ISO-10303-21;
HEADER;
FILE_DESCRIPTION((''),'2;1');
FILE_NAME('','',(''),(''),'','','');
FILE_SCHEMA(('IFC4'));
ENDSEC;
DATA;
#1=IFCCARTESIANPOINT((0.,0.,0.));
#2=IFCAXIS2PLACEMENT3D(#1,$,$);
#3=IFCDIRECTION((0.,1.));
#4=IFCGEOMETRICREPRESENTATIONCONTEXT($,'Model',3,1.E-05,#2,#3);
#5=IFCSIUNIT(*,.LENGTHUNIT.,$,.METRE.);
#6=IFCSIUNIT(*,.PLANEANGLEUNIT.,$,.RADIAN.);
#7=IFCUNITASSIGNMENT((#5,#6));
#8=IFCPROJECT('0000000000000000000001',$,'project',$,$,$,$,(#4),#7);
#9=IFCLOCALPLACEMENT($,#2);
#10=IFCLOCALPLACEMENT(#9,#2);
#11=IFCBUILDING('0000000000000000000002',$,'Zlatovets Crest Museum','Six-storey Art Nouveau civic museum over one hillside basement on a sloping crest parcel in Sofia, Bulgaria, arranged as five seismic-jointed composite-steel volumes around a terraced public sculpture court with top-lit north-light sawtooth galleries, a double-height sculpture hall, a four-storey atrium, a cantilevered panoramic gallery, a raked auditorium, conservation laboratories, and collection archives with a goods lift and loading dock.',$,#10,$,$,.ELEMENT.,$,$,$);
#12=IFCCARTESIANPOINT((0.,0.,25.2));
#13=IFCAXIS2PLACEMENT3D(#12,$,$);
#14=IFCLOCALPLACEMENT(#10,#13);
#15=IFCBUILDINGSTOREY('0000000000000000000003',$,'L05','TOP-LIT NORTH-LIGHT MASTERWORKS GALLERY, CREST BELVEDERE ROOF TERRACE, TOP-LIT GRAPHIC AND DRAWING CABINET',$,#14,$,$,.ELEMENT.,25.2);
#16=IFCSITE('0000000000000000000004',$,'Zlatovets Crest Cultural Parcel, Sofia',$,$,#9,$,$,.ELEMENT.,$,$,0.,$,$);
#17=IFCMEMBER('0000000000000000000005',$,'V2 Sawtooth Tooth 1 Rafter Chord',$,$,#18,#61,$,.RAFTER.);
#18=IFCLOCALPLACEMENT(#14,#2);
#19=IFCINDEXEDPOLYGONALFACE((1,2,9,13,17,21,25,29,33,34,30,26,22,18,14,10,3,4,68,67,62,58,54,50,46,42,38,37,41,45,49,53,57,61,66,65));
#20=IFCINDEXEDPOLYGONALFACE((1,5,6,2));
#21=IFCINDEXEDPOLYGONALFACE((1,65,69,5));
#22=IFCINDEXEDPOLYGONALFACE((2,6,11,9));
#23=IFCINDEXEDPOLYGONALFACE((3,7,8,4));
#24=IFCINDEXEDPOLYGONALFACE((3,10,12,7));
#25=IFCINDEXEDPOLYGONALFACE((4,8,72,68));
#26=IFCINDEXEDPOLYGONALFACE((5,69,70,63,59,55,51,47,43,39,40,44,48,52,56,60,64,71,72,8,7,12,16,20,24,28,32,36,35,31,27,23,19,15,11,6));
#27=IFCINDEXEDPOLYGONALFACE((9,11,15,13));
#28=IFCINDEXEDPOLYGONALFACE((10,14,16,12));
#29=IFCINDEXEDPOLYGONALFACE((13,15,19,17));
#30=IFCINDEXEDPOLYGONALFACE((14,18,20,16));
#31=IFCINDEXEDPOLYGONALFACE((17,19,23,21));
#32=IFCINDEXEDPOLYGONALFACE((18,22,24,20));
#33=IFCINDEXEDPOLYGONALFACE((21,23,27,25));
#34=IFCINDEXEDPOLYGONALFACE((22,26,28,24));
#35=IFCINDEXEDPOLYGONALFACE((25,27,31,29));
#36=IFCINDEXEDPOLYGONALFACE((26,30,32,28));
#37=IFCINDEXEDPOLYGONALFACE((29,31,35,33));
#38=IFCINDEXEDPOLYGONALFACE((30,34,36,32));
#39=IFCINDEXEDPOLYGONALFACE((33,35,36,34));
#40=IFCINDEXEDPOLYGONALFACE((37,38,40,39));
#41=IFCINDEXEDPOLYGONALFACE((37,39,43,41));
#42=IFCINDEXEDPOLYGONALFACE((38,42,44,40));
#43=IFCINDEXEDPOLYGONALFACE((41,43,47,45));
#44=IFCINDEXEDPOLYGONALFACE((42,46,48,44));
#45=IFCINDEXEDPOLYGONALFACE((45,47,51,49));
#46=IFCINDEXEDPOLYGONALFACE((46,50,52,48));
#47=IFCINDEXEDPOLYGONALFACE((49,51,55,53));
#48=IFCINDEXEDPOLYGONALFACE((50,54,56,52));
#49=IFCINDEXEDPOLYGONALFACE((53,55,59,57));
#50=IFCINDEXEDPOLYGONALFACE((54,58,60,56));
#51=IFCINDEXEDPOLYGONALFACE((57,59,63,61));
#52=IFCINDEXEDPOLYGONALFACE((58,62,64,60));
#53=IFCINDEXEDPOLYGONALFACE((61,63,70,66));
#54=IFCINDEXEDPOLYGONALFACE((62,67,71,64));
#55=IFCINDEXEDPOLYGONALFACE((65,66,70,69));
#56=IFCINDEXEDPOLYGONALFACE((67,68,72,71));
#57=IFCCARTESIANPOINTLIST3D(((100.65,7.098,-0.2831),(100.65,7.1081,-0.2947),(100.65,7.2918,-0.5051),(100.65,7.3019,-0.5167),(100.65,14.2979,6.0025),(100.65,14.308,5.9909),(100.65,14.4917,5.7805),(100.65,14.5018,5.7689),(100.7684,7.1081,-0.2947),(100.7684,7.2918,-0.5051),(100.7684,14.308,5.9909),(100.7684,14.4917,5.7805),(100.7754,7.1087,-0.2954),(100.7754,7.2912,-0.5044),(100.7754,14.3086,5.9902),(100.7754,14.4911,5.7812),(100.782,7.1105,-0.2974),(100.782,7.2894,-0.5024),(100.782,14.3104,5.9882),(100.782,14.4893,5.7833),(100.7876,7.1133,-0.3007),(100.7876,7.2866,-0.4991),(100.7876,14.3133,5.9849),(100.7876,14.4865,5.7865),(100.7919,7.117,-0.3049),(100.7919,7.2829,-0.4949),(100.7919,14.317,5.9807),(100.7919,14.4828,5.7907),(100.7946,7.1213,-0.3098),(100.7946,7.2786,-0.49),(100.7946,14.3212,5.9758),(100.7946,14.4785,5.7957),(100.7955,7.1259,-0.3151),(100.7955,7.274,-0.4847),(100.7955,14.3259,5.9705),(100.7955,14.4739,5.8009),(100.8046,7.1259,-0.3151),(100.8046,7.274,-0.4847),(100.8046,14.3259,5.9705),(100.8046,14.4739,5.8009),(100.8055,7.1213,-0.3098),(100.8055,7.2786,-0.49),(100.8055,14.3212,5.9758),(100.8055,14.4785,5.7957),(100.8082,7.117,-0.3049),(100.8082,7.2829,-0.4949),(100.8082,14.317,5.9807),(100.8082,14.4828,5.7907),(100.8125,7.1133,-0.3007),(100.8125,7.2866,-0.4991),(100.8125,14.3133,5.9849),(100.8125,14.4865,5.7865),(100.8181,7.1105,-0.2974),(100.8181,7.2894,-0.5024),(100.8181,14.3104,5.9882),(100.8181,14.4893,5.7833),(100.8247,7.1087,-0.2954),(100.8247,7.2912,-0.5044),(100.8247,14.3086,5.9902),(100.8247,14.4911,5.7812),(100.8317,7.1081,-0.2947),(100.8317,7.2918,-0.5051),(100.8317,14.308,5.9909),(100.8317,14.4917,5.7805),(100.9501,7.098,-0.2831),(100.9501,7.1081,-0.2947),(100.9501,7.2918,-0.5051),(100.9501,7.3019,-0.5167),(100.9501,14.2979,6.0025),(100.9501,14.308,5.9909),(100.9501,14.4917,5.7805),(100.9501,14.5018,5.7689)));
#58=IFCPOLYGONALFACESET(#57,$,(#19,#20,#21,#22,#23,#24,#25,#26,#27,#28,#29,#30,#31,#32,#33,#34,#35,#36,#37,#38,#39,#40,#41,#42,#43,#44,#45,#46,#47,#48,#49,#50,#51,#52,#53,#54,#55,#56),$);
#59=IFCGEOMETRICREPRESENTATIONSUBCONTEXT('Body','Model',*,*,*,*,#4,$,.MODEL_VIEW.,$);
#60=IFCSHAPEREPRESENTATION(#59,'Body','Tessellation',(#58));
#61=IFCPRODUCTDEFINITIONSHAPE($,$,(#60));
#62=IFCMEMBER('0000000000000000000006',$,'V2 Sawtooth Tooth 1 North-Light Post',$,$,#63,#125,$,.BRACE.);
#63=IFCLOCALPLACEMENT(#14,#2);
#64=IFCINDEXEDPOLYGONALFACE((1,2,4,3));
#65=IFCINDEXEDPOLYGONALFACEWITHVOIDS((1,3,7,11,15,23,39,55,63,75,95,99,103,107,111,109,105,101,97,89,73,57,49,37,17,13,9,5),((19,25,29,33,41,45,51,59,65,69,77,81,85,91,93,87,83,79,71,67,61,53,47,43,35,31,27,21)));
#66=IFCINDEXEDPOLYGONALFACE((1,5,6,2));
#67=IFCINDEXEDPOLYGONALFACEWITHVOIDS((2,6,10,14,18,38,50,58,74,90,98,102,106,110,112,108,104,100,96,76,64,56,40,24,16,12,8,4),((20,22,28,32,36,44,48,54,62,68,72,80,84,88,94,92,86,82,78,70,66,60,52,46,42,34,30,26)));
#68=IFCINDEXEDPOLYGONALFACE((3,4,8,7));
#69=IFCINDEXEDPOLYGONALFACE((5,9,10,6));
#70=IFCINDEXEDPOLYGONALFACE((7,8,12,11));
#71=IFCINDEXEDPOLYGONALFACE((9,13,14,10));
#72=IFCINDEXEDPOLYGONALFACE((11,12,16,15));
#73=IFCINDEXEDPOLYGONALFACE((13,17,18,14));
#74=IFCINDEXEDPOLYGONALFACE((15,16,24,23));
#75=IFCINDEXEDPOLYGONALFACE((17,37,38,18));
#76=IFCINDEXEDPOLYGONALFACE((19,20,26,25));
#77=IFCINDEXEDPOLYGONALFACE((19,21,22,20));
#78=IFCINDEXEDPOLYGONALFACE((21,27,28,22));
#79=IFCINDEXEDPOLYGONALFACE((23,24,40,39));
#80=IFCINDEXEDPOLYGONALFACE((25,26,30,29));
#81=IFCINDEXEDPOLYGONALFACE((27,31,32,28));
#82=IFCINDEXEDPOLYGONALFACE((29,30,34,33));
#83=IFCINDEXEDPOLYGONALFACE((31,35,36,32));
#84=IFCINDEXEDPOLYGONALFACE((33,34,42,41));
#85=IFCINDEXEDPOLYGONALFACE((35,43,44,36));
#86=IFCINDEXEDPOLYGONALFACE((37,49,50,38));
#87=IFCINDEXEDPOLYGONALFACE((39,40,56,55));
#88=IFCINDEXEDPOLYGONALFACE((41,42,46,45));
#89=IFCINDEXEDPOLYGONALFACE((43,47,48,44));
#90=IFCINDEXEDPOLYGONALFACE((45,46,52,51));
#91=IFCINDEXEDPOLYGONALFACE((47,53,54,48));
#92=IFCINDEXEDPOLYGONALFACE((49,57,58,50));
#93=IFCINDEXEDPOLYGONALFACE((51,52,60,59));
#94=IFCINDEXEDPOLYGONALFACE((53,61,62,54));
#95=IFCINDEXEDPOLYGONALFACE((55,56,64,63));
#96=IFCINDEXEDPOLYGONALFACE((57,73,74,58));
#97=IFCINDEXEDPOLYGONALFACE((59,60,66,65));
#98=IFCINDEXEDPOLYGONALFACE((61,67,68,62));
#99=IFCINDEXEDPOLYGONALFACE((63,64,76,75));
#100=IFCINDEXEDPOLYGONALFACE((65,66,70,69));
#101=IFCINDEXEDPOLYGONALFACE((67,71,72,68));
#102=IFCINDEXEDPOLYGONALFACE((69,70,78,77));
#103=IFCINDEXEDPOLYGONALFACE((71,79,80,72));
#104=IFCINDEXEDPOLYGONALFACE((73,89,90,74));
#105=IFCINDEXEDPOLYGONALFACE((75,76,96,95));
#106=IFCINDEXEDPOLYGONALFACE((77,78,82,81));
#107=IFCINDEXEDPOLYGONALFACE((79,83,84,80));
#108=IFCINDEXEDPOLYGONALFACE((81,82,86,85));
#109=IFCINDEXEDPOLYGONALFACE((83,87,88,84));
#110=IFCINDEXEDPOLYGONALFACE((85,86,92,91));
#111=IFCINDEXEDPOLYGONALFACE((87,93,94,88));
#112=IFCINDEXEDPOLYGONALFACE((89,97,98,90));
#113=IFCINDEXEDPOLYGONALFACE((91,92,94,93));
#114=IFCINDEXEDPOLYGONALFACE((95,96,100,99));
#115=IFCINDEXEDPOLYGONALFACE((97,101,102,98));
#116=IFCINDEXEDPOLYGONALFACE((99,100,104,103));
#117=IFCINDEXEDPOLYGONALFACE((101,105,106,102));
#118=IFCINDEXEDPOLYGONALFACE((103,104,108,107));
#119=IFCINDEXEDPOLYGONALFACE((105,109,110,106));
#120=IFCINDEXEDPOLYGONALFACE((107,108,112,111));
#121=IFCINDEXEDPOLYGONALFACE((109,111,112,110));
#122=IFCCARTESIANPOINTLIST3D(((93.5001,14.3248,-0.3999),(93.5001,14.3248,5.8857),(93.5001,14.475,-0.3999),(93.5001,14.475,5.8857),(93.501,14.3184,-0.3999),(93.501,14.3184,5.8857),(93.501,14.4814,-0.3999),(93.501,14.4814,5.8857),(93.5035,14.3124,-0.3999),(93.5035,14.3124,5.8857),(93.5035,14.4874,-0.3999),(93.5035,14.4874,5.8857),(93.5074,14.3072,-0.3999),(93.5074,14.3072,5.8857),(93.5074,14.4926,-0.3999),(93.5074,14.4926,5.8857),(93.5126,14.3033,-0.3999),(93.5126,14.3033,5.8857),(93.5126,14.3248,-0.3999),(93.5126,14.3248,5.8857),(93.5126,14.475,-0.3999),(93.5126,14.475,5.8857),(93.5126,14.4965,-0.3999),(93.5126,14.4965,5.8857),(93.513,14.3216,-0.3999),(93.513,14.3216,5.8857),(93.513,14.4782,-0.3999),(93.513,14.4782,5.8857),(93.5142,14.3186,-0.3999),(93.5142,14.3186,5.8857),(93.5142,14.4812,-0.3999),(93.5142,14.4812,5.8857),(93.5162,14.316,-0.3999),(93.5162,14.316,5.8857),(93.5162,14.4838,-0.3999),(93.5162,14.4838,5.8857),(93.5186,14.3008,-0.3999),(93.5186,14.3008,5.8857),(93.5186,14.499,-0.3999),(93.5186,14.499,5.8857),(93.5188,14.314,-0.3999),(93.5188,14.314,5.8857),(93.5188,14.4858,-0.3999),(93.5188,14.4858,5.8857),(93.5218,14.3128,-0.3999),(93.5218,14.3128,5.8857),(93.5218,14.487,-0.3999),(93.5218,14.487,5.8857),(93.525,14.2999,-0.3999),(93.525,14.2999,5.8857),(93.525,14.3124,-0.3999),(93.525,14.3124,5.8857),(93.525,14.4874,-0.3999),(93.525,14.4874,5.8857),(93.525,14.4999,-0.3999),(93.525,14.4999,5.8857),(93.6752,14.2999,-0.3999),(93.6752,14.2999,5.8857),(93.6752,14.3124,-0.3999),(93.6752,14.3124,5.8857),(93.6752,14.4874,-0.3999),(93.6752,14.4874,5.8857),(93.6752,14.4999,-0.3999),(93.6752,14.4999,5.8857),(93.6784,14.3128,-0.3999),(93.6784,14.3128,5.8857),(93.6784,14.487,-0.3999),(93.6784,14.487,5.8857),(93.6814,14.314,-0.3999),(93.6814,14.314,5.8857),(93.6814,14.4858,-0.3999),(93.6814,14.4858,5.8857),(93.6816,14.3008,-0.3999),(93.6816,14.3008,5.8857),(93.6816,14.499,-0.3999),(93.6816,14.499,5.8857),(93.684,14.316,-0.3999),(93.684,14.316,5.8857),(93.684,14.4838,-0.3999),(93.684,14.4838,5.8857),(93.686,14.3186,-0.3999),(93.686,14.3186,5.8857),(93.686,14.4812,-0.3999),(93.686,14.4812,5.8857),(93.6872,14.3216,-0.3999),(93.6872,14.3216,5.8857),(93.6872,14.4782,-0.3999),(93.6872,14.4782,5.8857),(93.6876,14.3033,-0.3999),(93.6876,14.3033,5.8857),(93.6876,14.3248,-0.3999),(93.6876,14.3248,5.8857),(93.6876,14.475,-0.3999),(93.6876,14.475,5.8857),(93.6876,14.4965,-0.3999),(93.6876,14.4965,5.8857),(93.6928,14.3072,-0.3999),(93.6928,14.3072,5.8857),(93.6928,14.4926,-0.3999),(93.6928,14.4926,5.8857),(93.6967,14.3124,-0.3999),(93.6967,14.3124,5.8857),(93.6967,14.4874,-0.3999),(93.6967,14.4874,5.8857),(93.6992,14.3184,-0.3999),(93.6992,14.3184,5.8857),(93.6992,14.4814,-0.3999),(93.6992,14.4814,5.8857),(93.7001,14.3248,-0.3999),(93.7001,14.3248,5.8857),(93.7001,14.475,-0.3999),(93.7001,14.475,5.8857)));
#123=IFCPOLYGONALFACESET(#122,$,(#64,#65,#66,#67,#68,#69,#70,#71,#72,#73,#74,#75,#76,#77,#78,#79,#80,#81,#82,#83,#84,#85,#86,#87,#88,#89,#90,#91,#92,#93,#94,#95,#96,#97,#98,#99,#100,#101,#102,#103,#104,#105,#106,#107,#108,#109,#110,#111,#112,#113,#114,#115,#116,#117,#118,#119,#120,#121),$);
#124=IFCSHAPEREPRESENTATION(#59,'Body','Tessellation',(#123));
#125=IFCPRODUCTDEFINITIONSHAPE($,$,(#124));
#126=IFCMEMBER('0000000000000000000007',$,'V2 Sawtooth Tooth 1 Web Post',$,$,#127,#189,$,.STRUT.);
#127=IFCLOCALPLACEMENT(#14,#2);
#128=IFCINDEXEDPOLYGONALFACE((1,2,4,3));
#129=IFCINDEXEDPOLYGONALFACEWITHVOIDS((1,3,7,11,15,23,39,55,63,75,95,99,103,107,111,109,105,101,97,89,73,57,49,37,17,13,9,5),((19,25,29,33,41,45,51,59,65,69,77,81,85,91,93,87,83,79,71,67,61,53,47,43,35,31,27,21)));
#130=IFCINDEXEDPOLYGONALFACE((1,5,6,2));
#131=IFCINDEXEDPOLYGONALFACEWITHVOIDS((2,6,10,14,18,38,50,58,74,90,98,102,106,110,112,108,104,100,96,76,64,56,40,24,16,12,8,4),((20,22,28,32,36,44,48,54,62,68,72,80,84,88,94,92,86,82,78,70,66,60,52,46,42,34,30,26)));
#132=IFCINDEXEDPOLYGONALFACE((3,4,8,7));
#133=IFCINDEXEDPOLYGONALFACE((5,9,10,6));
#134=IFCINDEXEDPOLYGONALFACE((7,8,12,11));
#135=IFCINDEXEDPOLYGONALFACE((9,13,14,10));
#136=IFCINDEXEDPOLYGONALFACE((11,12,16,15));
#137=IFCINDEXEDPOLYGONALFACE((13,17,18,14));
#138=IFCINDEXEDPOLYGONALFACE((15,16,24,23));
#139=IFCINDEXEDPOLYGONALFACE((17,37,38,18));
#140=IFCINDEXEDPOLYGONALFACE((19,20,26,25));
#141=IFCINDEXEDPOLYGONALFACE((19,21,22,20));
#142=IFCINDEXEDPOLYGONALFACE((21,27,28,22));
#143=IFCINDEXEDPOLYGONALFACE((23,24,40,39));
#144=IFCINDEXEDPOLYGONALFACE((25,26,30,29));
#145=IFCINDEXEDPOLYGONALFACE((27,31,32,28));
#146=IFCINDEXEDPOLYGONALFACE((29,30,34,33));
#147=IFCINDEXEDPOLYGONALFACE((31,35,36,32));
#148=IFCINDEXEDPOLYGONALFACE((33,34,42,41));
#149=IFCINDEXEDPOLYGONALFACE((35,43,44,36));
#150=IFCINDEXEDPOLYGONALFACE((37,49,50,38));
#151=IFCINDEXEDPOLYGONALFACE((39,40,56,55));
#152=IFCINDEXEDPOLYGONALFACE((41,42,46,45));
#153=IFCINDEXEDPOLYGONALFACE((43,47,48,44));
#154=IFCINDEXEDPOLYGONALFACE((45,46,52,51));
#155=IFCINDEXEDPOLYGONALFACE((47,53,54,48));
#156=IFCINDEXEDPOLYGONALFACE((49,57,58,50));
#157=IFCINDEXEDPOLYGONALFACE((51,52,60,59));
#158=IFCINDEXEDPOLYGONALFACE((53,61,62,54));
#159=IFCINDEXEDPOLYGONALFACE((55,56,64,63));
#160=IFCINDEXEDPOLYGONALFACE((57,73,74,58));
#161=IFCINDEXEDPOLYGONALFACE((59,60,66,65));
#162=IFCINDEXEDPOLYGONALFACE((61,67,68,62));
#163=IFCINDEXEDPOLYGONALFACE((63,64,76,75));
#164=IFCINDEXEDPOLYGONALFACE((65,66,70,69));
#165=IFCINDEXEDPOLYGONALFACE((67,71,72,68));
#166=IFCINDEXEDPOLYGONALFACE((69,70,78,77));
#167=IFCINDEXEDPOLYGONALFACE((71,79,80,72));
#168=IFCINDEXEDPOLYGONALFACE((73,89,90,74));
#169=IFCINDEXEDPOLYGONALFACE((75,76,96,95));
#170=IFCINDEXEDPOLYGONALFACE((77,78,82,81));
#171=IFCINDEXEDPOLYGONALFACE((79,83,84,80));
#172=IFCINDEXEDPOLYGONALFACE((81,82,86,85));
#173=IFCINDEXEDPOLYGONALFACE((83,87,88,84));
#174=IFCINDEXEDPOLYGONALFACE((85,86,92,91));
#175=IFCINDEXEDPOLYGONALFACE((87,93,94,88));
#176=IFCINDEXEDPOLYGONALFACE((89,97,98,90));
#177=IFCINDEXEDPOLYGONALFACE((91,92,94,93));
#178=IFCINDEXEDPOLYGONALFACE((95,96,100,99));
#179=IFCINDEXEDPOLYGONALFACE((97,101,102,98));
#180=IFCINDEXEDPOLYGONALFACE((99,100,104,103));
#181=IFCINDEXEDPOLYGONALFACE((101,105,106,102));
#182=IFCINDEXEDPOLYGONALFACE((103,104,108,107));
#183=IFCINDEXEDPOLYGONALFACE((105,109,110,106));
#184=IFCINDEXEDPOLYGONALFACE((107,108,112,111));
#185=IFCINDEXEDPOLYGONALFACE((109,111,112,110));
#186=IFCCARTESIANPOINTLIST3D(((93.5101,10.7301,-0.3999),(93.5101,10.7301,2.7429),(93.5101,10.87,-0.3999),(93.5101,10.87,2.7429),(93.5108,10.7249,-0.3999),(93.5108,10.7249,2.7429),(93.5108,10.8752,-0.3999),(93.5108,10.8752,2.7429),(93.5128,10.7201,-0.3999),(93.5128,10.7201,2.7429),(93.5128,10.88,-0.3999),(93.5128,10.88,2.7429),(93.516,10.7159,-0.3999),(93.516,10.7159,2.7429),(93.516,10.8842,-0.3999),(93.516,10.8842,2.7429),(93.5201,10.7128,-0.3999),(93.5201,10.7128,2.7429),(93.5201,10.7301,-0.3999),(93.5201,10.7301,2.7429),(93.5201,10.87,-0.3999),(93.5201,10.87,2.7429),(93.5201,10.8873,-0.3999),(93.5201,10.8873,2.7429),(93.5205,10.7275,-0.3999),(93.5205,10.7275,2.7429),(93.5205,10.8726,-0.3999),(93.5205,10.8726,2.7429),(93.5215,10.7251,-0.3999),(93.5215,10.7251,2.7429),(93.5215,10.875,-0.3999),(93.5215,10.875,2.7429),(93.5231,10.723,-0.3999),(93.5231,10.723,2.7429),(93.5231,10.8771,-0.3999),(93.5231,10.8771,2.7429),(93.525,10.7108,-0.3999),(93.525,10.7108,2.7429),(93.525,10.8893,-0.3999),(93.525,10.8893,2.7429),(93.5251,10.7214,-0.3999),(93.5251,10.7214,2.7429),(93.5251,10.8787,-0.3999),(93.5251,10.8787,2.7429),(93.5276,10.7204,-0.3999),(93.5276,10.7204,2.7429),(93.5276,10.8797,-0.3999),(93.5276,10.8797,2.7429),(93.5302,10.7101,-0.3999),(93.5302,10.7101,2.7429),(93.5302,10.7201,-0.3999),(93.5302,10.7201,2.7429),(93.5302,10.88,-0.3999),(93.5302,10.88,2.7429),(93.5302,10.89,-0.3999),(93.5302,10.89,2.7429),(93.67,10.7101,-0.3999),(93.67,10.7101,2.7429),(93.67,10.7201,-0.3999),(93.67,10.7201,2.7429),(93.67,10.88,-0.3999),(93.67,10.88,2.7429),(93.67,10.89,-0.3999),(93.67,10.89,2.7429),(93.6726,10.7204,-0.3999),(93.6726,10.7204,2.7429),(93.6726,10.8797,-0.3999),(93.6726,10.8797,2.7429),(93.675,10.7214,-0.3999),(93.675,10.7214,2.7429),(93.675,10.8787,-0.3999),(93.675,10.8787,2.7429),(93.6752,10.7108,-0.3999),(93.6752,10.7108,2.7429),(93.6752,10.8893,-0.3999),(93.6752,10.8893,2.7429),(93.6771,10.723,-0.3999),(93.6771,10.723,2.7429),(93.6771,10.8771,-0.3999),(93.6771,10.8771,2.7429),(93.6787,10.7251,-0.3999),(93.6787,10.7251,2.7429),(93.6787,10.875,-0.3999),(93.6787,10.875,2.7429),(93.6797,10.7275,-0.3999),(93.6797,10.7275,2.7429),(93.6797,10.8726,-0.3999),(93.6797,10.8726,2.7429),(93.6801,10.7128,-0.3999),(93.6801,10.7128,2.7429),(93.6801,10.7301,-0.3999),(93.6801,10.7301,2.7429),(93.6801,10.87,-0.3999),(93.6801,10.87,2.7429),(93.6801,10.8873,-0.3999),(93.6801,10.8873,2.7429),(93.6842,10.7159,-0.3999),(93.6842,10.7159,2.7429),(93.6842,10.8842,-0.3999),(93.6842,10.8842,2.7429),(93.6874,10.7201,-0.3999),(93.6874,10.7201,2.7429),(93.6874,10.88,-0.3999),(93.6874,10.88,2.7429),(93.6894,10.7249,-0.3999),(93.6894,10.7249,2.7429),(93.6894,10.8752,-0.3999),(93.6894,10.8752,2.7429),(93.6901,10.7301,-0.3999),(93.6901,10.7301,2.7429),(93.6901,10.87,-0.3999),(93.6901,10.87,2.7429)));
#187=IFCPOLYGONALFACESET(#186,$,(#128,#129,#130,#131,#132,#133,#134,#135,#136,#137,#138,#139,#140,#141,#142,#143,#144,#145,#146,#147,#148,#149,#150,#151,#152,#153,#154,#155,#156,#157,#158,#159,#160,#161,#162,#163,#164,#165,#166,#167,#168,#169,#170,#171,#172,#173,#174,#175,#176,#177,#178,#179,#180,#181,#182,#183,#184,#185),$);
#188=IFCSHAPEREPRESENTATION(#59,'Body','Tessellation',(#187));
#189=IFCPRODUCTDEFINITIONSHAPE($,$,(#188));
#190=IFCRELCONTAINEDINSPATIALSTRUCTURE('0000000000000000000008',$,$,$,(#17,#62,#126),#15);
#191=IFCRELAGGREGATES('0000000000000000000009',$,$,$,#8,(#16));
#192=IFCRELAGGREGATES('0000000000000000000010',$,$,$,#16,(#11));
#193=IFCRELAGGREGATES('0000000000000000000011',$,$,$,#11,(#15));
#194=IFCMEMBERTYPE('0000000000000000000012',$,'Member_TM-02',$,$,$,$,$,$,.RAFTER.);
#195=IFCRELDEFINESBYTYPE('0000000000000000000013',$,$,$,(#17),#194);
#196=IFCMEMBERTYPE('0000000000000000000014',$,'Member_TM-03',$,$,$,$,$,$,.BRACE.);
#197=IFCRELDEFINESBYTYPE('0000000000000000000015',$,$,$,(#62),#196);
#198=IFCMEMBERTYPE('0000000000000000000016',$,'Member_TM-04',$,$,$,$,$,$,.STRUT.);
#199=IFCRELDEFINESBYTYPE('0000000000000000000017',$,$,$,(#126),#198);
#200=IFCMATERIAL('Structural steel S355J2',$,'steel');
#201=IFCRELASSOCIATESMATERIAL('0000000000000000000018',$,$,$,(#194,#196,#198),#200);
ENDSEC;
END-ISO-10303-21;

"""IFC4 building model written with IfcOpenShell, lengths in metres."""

from ifc_helpers import new_model, si_unit, direction, frame, origin, origin_2d, place, context, subcontext, project, spatial, hollow_rectangle, i_section, extrude, material, material_profile, profile_set, type_object, element, save


model = new_model("IFC4")

# Units and contexts
model_context = context("Model", 3, precision=1e-05, world=origin(), true_north=direction((0.0, 1.0)))
body_context = subcontext(model_context, "Body", "Model", "MODEL_VIEW")
ifc_project = project(units=[si_unit("LENGTHUNIT", "METRE"), si_unit("PLANEANGLEUNIT", "RADIAN")], contexts=[model_context])

# Site, building, storey
site_placement = place(None, origin())
site = spatial("IfcSite", under=ifc_project, at=site_placement, Name="Zlatovets Crest Cultural Parcel, Sofia", CompositionType="ELEMENT", RefElevation=0.0)
building_placement = place(site_placement, origin())
building = spatial("IfcBuilding", under=site, at=building_placement, Name="Zlatovets Crest Museum", Description="Six-storey Art Nouveau civic museum over one hillside basement on a sloping crest parcel in Sofia, Bulgaria, arranged as five seismic-jointed composite-steel volumes around a terraced public sculpture court with top-lit north-light sawtooth galleries, a double-height sculpture hall, a four-storey atrium, a cantilevered panoramic gallery, a raked auditorium, conservation laboratories, and collection archives with a goods lift and loading dock.", CompositionType="ELEMENT")
storey_placement = place(building_placement, frame((0.0, 0.0, 25.2)))
storey = spatial("IfcBuildingStorey", under=building, at=storey_placement, Name="L05", Description="TOP-LIT NORTH-LIGHT MASTERWORKS GALLERY, CREST BELVEDERE ROOF TERRACE, TOP-LIT GRAPHIC AND DRAWING CABINET", CompositionType="ELEMENT", Elevation=25.2)

# Shared definitions
ifc_material_1 = material(Name="Structural steel S355J2", Category="steel")

# Members
ifc_material_profile_1 = material_profile(ifc_material_1, i_section(OverallWidth=0.3, OverallDepth=0.3101, WebThickness=0.009, FlangeThickness=0.0154, FilletRadius=0.0271, at=origin_2d()), Name="HEA 320")
ifc_profile_set_1 = profile_set([ifc_material_profile_1], Name="Structural steel S355J2")
member_type_1 = type_object("IfcMemberType", Name="Member_TM-02", PredefinedType="RAFTER", material=ifc_profile_set_1)
member_1_placement = place(storey_placement, frame((100.8, 7.2, -0.3999), z_axis=(0.0, 0.753318, 0.657656), x_axis=(-1.0, 0.0, 0.0)))
element("IfcMember", 1, at=member_1_placement, inside=storey, type_object=member_type_1, Name="V2 Sawtooth Tooth 1 Rafter Chord", PredefinedType="RAFTER", context=body_context, shape_type="SweptSolid", body=[
    extrude(i_section(OverallWidth=0.3, OverallDepth=0.3101, WebThickness=0.009, FlangeThickness=0.0154, FilletRadius=0.0271, at=origin_2d()), origin(), (0.0, 0.0, 1.0), 9.5576),
])
ifc_material_profile_2 = material_profile(ifc_material_1, hollow_rectangle(XDim=0.2, YDim=0.2, WallThickness=0.0125, InnerFilletRadius=0.0125, OuterFilletRadius=0.0249, at=origin_2d()), Name="SHS 200x200x12.5")
ifc_profile_set_2 = profile_set([ifc_material_profile_2], Name="Structural steel S355J2")
member_type_2 = type_object("IfcMemberType", Name="Member_TM-03", PredefinedType="BRACE", material=ifc_profile_set_2)
member_2_placement = place(storey_placement, frame((93.6001, 14.3999, -0.3999), z_axis=(0.0, 0.0, 1.0), x_axis=(1.0, 0.0, 0.0)))
element("IfcMember", 2, at=member_2_placement, inside=storey, type_object=member_type_2, Name="V2 Sawtooth Tooth 1 North-Light Post", PredefinedType="BRACE", context=body_context, shape_type="SweptSolid", body=[
    extrude(hollow_rectangle(XDim=0.2, YDim=0.2, WallThickness=0.0125, InnerFilletRadius=0.0125, OuterFilletRadius=0.0249, at=origin_2d()), origin(), (0.0, 0.0, 1.0), 6.2856),
])
ifc_material_profile_3 = material_profile(ifc_material_1, hollow_rectangle(XDim=0.1799, YDim=0.1799, WallThickness=0.01, InnerFilletRadius=0.01, OuterFilletRadius=0.02, at=origin_2d()), Name="SHS 180x180x10.0")
ifc_profile_set_3 = profile_set([ifc_material_profile_3], Name="Structural steel S355J2")
member_type_3 = type_object("IfcMemberType", Name="Member_TM-04", PredefinedType="STRUT", material=ifc_profile_set_3)
for number, where, z_axis, x_axis, name in (
    (3, (93.6001, 10.8, -0.3999), (0.0, 0.0, 1.0), (1.0, 0.0, 0.0), "V2 Sawtooth Tooth 1 Web Post"),
):
    element("IfcMember", number, at=place(storey_placement, frame(where, z_axis=z_axis, x_axis=x_axis)), inside=storey, type_object=member_type_3, Name=name, PredefinedType="STRUT", context=body_context, shape_type="SweptSolid", body=[
        extrude(hollow_rectangle(XDim=0.1799, YDim=0.1799, WallThickness=0.01, InnerFilletRadius=0.01, OuterFilletRadius=0.02, at=origin_2d()), origin(), (0.0, 0.0, 1.0), 3.1428),
    ])

save(model, "model.ifc")
